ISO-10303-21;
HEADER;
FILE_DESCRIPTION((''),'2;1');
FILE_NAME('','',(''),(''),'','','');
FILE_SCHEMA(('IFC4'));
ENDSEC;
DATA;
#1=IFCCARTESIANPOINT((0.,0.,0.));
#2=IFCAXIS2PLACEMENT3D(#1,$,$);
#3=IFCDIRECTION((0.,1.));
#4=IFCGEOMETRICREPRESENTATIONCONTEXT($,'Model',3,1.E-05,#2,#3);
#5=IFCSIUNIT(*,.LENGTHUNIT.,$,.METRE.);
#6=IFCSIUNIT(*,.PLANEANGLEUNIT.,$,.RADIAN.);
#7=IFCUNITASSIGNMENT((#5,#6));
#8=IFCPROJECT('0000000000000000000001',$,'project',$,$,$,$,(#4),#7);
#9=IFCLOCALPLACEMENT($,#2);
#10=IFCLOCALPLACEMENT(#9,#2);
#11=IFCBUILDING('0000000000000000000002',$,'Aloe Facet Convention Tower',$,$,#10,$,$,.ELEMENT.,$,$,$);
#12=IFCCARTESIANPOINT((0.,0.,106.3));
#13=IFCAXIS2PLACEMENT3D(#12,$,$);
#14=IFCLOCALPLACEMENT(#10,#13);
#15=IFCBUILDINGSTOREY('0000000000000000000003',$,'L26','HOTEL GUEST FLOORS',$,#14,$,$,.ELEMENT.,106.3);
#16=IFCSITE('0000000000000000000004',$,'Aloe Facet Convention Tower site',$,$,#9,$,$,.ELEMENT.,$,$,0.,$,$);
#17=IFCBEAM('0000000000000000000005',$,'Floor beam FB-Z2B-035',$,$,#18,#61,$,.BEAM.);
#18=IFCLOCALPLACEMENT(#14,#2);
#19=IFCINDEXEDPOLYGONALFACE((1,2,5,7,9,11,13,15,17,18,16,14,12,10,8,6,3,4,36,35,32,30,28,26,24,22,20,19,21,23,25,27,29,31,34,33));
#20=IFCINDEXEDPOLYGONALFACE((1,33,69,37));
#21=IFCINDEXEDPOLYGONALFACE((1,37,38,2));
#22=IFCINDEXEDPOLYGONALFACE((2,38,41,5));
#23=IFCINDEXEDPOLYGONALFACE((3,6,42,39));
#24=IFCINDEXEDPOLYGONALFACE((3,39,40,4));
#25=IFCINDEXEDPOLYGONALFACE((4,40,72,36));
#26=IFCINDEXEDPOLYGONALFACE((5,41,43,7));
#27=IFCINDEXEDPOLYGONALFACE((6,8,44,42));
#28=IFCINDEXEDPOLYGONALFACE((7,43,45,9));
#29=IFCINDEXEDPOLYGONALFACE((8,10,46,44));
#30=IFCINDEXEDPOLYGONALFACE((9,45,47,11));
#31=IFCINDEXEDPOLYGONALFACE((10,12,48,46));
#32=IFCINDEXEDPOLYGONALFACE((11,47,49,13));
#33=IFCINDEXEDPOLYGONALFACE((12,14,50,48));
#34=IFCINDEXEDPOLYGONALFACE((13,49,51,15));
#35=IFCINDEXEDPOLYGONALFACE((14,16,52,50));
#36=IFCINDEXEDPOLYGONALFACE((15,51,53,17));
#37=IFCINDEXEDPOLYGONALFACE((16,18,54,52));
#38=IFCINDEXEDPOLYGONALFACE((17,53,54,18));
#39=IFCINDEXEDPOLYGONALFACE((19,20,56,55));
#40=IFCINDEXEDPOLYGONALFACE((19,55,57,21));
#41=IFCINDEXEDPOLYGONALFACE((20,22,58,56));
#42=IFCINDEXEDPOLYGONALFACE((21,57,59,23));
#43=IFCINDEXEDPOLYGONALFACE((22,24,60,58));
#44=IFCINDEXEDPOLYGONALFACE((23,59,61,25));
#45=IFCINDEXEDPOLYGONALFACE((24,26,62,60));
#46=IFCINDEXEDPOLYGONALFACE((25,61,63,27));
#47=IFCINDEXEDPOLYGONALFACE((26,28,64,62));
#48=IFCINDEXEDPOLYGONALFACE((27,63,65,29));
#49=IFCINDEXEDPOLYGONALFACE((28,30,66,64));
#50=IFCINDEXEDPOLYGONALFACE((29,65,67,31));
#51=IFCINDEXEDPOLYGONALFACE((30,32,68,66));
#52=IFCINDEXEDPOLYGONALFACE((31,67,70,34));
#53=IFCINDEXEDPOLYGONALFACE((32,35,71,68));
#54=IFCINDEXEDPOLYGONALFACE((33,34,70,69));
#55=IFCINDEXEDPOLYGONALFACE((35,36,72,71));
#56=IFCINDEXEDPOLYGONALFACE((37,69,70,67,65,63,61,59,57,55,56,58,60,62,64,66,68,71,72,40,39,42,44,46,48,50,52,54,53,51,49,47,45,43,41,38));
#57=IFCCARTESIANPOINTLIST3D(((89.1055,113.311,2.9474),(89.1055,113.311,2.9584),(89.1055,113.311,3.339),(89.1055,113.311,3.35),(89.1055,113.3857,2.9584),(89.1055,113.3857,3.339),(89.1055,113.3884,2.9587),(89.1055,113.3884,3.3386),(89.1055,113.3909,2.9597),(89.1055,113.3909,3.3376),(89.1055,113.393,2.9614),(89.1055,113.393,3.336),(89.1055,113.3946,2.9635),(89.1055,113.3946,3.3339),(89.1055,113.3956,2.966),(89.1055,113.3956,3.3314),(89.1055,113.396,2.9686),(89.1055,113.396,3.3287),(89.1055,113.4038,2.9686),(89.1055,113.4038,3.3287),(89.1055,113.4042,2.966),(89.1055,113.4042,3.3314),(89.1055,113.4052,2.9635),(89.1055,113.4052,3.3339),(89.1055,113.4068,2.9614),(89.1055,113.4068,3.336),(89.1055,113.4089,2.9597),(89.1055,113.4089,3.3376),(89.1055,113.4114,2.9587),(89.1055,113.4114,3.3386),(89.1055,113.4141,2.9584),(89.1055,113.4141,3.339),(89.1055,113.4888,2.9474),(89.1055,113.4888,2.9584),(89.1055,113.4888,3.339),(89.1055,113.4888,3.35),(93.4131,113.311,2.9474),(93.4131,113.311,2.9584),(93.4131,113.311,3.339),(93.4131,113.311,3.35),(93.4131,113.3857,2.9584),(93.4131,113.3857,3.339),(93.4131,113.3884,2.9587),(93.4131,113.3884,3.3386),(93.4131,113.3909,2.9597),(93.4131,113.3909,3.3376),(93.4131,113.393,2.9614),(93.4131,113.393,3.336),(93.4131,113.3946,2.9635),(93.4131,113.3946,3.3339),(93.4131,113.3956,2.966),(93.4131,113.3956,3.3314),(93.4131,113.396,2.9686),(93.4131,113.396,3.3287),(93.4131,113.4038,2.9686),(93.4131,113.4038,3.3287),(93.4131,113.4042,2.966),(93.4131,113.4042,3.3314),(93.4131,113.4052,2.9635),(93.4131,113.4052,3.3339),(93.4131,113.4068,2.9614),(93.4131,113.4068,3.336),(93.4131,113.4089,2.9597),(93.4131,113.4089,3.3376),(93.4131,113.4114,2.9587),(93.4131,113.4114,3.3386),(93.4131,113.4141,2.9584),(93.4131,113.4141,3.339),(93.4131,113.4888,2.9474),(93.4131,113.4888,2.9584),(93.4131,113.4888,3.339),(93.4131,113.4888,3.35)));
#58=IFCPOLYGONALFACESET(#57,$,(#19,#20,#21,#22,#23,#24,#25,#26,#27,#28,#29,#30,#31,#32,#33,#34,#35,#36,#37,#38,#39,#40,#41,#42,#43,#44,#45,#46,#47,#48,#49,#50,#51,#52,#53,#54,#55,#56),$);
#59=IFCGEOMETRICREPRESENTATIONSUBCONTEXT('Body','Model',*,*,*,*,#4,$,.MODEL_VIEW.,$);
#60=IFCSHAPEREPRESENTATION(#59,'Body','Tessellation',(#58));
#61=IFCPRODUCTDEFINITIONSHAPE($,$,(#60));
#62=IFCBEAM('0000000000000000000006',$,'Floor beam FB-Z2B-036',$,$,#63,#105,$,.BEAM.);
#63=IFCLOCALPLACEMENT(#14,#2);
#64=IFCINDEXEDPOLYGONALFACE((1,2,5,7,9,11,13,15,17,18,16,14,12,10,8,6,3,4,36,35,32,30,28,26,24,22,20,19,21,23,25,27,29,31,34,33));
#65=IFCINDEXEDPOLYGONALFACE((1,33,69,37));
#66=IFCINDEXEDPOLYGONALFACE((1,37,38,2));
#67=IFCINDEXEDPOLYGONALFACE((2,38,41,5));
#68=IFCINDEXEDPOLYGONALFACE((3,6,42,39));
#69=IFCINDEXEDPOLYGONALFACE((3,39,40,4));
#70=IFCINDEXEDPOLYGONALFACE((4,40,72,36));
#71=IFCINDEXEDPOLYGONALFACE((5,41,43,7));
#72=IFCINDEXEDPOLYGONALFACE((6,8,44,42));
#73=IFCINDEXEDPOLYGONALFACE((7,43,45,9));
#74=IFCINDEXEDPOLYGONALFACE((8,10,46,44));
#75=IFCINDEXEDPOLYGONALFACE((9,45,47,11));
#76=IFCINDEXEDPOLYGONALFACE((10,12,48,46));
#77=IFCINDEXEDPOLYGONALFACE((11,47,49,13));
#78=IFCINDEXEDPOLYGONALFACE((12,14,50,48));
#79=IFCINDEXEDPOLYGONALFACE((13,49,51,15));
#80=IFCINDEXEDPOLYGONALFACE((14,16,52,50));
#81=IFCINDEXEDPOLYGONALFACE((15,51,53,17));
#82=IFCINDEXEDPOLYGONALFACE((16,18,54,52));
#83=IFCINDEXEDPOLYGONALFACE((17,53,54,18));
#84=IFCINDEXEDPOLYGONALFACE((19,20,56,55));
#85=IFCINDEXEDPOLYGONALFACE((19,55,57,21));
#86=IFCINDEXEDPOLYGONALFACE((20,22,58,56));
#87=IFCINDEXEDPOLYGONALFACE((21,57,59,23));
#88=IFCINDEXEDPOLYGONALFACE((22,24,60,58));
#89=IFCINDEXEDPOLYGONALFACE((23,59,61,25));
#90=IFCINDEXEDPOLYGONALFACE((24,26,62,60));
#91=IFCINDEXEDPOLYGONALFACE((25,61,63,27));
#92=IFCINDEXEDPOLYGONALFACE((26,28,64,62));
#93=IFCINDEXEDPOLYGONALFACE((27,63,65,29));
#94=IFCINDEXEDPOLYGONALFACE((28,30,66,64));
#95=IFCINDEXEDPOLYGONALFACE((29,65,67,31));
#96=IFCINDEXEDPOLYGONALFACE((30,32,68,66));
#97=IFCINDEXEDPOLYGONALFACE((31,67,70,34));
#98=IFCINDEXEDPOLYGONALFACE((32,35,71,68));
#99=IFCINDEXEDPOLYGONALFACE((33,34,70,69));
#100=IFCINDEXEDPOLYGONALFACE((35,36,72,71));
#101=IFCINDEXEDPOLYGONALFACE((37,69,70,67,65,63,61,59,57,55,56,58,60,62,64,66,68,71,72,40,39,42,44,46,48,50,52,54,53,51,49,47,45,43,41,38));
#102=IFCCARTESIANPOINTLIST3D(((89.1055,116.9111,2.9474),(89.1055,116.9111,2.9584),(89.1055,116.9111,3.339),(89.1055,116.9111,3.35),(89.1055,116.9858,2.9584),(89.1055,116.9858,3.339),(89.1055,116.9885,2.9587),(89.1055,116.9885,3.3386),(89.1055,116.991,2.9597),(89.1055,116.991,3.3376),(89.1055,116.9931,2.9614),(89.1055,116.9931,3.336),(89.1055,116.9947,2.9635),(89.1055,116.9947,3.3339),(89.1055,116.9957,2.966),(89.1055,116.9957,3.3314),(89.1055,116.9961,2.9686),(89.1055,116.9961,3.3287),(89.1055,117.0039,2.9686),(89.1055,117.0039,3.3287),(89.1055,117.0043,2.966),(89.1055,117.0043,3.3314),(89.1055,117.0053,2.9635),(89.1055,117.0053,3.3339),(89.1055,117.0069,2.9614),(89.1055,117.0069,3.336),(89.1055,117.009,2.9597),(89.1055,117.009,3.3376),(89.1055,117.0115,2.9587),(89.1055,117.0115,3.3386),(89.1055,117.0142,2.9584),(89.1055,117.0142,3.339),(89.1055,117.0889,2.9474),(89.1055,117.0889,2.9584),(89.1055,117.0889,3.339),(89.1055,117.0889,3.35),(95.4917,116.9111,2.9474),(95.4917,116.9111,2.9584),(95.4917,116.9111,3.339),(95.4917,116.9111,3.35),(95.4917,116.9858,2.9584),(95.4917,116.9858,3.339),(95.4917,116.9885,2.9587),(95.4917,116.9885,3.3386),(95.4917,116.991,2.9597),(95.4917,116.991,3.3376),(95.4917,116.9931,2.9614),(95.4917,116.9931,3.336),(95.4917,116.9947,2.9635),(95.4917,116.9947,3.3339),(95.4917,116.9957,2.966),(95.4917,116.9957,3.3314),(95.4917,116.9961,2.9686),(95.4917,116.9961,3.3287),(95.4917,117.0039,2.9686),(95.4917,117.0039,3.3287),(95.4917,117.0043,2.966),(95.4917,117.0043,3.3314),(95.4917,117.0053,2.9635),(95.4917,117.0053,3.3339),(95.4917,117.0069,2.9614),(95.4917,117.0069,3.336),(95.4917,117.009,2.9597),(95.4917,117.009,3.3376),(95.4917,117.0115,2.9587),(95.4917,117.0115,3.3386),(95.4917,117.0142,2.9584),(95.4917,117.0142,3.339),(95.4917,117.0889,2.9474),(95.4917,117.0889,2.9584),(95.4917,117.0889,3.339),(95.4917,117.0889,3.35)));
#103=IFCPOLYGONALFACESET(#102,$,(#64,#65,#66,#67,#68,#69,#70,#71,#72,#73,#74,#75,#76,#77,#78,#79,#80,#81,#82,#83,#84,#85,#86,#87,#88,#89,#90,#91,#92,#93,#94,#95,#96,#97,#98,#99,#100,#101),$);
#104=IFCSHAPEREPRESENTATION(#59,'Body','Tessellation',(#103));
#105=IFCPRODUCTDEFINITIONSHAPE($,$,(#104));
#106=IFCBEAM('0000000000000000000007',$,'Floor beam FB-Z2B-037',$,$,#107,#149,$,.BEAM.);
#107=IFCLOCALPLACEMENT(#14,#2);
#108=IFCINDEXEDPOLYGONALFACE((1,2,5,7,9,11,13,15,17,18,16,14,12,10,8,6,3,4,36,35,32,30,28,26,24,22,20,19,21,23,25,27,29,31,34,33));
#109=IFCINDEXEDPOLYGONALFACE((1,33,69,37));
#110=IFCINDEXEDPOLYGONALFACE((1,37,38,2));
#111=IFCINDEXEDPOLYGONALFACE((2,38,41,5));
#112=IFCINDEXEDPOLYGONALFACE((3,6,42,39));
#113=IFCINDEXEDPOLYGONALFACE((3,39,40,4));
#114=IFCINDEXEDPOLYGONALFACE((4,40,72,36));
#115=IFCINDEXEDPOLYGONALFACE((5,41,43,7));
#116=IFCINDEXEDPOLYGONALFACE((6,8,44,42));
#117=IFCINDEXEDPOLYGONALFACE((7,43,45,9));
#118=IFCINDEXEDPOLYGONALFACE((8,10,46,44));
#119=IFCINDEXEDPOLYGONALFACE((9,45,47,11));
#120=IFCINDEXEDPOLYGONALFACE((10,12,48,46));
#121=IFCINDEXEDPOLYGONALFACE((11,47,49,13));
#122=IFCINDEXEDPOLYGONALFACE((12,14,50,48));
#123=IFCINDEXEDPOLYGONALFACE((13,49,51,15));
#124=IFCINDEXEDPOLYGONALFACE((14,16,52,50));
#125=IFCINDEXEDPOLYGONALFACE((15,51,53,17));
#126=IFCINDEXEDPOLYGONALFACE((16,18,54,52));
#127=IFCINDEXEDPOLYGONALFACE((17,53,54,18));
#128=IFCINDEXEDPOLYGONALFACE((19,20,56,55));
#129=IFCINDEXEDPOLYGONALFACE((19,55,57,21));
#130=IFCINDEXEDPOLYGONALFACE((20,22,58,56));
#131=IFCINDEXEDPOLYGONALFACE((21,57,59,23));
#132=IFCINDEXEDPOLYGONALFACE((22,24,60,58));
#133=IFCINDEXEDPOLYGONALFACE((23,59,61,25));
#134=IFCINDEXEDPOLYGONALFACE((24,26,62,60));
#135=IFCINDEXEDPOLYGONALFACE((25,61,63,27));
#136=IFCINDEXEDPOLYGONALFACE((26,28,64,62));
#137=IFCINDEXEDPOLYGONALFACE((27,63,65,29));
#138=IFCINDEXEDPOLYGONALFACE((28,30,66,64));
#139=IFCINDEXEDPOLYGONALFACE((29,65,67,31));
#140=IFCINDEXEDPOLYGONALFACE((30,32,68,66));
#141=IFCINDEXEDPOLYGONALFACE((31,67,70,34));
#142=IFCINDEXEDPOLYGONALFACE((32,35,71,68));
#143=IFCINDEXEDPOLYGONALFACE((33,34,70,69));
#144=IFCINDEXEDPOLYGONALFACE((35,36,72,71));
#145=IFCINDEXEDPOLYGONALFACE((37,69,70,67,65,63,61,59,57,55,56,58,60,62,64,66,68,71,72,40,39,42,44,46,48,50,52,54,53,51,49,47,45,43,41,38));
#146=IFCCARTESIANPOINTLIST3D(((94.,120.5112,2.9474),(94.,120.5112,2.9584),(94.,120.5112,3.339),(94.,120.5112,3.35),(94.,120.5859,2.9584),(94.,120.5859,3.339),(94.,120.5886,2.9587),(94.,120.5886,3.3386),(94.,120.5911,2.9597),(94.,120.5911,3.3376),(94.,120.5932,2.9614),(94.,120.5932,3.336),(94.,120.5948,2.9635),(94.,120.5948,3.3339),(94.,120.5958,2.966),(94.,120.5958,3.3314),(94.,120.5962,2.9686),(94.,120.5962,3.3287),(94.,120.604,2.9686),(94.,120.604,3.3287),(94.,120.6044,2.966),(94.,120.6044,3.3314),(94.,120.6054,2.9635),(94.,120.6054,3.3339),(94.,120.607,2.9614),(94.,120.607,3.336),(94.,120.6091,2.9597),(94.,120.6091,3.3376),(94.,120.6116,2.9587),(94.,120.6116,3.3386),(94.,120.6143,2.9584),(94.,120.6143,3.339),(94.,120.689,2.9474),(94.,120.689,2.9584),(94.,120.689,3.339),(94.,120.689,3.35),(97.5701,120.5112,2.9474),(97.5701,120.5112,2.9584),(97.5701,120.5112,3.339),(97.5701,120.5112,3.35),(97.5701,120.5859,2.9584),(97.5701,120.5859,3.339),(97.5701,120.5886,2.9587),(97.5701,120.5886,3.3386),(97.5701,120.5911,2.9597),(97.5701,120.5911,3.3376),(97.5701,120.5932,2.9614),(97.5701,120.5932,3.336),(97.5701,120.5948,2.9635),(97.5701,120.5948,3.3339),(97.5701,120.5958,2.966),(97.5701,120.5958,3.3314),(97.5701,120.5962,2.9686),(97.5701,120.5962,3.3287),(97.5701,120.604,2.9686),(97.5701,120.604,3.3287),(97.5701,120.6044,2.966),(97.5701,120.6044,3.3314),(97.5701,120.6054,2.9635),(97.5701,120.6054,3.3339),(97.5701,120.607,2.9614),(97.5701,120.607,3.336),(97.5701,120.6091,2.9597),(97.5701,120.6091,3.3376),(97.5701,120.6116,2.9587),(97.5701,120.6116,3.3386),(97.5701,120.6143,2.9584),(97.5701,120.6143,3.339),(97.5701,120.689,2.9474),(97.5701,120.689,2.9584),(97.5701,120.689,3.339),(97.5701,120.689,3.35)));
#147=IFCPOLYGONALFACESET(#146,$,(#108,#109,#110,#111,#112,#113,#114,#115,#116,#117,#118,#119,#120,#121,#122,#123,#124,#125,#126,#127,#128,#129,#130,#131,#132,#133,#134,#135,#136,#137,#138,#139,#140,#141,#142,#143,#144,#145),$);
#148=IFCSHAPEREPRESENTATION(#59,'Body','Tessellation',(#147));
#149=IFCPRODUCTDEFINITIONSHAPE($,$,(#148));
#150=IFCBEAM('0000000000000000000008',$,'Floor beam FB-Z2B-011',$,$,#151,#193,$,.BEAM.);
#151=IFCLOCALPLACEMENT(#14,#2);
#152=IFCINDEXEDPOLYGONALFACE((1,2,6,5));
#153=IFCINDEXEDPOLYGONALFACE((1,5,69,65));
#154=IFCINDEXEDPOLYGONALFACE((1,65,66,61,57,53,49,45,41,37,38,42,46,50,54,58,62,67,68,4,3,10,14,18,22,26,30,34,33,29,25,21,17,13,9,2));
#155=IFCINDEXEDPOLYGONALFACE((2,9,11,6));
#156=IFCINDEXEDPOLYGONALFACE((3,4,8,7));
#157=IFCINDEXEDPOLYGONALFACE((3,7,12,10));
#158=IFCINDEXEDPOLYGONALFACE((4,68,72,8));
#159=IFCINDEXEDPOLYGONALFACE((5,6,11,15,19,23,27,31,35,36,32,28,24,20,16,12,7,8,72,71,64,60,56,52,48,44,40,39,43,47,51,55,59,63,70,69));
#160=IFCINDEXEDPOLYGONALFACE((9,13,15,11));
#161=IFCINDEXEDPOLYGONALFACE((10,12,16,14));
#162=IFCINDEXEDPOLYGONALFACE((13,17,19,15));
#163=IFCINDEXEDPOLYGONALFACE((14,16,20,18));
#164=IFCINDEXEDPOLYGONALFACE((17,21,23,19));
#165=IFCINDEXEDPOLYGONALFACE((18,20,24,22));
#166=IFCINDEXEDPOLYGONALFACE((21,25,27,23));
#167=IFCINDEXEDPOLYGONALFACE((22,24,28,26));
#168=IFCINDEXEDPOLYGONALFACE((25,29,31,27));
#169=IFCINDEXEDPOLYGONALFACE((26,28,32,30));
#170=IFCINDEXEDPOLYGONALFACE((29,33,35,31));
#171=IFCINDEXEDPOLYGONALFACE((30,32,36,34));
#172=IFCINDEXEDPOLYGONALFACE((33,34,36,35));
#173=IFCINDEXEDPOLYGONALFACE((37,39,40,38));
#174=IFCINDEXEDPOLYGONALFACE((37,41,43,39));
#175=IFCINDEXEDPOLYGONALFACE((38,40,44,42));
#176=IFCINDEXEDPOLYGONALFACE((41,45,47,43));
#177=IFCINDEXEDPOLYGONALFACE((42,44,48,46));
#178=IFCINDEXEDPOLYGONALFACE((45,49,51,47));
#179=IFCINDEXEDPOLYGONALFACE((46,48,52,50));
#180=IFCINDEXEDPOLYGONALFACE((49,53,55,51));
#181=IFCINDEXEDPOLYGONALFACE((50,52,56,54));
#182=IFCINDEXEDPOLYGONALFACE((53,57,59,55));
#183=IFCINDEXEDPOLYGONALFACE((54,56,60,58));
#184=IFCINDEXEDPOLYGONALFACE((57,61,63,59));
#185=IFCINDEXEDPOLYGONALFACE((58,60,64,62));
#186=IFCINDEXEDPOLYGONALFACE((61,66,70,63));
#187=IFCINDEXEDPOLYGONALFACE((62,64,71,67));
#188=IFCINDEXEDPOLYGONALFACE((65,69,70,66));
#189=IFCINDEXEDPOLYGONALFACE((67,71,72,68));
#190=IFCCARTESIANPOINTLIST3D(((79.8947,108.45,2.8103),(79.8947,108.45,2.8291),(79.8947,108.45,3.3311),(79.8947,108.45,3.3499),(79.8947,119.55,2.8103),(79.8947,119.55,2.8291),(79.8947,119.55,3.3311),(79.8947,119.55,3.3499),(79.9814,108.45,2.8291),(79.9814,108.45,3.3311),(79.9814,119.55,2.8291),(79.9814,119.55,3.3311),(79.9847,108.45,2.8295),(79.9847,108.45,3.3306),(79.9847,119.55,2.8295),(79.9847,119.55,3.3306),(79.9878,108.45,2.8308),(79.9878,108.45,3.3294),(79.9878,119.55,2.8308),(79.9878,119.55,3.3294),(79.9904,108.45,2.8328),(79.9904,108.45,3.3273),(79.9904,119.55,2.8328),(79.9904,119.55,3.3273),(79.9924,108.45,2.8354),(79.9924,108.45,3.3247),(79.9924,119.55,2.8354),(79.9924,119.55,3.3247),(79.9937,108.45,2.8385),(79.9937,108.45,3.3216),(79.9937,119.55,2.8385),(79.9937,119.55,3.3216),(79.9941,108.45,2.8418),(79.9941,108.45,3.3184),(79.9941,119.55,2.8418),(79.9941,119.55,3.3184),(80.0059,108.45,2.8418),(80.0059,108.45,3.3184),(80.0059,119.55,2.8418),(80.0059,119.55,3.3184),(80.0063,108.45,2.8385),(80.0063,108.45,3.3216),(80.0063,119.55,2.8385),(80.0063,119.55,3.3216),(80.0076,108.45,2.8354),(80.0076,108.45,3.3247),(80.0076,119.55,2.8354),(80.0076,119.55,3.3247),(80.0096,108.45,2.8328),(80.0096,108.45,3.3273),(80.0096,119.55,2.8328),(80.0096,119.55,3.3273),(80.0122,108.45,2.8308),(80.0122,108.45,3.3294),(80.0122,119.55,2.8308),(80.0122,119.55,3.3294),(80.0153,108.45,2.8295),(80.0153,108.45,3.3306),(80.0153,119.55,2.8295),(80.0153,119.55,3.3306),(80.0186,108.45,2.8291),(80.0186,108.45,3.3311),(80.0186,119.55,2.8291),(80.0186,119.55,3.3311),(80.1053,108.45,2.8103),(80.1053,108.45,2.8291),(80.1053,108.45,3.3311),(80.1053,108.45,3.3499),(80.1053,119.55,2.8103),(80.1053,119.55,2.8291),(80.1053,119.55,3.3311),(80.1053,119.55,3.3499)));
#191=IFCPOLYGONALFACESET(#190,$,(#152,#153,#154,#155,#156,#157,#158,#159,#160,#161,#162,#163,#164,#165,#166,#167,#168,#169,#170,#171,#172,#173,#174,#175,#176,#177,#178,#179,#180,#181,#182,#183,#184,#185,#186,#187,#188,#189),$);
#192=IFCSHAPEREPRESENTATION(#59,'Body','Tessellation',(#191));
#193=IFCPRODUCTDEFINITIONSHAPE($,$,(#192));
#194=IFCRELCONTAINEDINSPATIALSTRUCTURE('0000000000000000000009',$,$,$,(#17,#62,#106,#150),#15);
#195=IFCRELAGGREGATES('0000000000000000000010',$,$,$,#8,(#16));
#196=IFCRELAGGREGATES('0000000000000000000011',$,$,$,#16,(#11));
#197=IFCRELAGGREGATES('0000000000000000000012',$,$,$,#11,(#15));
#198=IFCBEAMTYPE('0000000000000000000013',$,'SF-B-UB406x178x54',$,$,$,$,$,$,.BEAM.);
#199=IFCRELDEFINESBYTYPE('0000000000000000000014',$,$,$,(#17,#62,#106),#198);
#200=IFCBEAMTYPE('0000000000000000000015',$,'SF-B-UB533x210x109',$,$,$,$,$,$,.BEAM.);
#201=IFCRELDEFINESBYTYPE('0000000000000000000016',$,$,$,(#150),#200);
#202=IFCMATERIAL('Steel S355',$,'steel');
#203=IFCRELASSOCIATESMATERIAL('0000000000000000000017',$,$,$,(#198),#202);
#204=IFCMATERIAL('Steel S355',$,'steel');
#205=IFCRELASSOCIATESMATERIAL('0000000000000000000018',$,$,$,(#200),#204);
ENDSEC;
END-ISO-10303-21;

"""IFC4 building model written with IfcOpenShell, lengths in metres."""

from ifc_helpers import new_model, si_unit, direction, frame, origin, origin_2d, place, context, subcontext, project, spatial, i_section, extrude, material, material_profile, profile_set, type_object, element, save


model = new_model("IFC4")

# Units and contexts
model_context = context("Model", 3, precision=1e-05, world=origin(), true_north=direction((0.0, 1.0)))
body_context = subcontext(model_context, "Body", "Model", "MODEL_VIEW")
ifc_project = project(units=[si_unit("LENGTHUNIT", "METRE"), si_unit("PLANEANGLEUNIT", "RADIAN")], contexts=[model_context])

# Site, building, storey
site_placement = place(None, origin())
site = spatial("IfcSite", under=ifc_project, at=site_placement, Name="Aloe Facet Convention Tower site", CompositionType="ELEMENT", RefElevation=0.0)
building_placement = place(site_placement, origin())
building = spatial("IfcBuilding", under=site, at=building_placement, Name="Aloe Facet Convention Tower", CompositionType="ELEMENT")
storey_placement = place(building_placement, frame((0.0, 0.0, 106.3)))
storey = spatial("IfcBuildingStorey", under=building, at=storey_placement, Name="L26", Description="HOTEL GUEST FLOORS", CompositionType="ELEMENT", Elevation=106.3)

# Beams
ifc_material_1 = material(Name="Steel S355", Category="steel")
ifc_material_profile_1 = material_profile(ifc_material_1, i_section(OverallWidth=0.1777, OverallDepth=0.4026, WebThickness=0.0078, FlangeThickness=0.011, FilletRadius=0.0103, at=origin_2d()), Name="UB 406x178x54")
ifc_profile_set_1 = profile_set([ifc_material_profile_1], Name="Steel S355")
beam_type_1 = type_object("IfcBeamType", Name="SF-B-UB406x178x54", PredefinedType="BEAM", material=ifc_profile_set_1)
beam_1_placement = place(storey_placement, frame((89.1055, 113.3999, 3.1487), z_axis=(1.0, 0.0, 0.0), x_axis=(0.0, 1.0, 0.0)))
element("IfcBeam", 1, at=beam_1_placement, inside=storey, type_object=beam_type_1, Name="Floor beam FB-Z2B-035", PredefinedType="BEAM", context=body_context, shape_type="SweptSolid", body=[
    extrude(i_section(OverallWidth=0.1777, OverallDepth=0.4026, WebThickness=0.0078, FlangeThickness=0.011, FilletRadius=0.0103, at=origin_2d()), origin(), (0.0, 0.0, 1.0), 4.3076),
])
beam_2_placement = place(storey_placement, frame((89.1055, 117.0, 3.1487), z_axis=(1.0, 0.0, 0.0), x_axis=(0.0, 1.0, 0.0)))
element("IfcBeam", 2, at=beam_2_placement, inside=storey, type_object=beam_type_1, Name="Floor beam FB-Z2B-036", PredefinedType="BEAM", context=body_context, shape_type="SweptSolid", body=[
    extrude(i_section(OverallWidth=0.1777, OverallDepth=0.4026, WebThickness=0.0078, FlangeThickness=0.011, FilletRadius=0.0103, at=origin_2d()), origin(), (0.0, 0.0, 1.0), 6.3862),
])
beam_3_placement = place(storey_placement, frame((94.0, 120.6001, 3.1487), z_axis=(1.0, 0.0, 0.0), x_axis=(0.0, 1.0, 0.0)))
element("IfcBeam", 3, at=beam_3_placement, inside=storey, type_object=beam_type_1, Name="Floor beam FB-Z2B-037", PredefinedType="BEAM", context=body_context, shape_type="SweptSolid", body=[
    extrude(i_section(OverallWidth=0.1777, OverallDepth=0.4026, WebThickness=0.0078, FlangeThickness=0.011, FilletRadius=0.0103, at=origin_2d()), origin(), (0.0, 0.0, 1.0), 3.5701),
])
ifc_material_2 = material(Name="Steel S355", Category="steel")
ifc_material_profile_2 = material_profile(ifc_material_2, i_section(OverallWidth=0.2107, OverallDepth=0.5396, WebThickness=0.0117, FlangeThickness=0.0188, FilletRadius=0.0127, at=origin_2d()), Name="UB 533x210x109")
ifc_profile_set_2 = profile_set([ifc_material_profile_2], Name="Steel S355")
beam_type_2 = type_object("IfcBeamType", Name="SF-B-UB533x210x109", PredefinedType="BEAM", material=ifc_profile_set_2)
beam_4_placement = place(storey_placement, frame((80.0, 119.55, 3.0801), z_axis=(0.0, -1.0, 0.0), x_axis=(1.0, 0.0, 0.0)))
element("IfcBeam", 4, at=beam_4_placement, inside=storey, type_object=beam_type_2, Name="Floor beam FB-Z2B-011", PredefinedType="BEAM", context=body_context, shape_type="SweptSolid", body=[
    extrude(i_section(OverallWidth=0.2107, OverallDepth=0.5396, WebThickness=0.0117, FlangeThickness=0.0188, FilletRadius=0.0127, at=origin_2d()), origin(), (0.0, 0.0, 1.0), 11.1001),
])

save(model, "model.ifc")
